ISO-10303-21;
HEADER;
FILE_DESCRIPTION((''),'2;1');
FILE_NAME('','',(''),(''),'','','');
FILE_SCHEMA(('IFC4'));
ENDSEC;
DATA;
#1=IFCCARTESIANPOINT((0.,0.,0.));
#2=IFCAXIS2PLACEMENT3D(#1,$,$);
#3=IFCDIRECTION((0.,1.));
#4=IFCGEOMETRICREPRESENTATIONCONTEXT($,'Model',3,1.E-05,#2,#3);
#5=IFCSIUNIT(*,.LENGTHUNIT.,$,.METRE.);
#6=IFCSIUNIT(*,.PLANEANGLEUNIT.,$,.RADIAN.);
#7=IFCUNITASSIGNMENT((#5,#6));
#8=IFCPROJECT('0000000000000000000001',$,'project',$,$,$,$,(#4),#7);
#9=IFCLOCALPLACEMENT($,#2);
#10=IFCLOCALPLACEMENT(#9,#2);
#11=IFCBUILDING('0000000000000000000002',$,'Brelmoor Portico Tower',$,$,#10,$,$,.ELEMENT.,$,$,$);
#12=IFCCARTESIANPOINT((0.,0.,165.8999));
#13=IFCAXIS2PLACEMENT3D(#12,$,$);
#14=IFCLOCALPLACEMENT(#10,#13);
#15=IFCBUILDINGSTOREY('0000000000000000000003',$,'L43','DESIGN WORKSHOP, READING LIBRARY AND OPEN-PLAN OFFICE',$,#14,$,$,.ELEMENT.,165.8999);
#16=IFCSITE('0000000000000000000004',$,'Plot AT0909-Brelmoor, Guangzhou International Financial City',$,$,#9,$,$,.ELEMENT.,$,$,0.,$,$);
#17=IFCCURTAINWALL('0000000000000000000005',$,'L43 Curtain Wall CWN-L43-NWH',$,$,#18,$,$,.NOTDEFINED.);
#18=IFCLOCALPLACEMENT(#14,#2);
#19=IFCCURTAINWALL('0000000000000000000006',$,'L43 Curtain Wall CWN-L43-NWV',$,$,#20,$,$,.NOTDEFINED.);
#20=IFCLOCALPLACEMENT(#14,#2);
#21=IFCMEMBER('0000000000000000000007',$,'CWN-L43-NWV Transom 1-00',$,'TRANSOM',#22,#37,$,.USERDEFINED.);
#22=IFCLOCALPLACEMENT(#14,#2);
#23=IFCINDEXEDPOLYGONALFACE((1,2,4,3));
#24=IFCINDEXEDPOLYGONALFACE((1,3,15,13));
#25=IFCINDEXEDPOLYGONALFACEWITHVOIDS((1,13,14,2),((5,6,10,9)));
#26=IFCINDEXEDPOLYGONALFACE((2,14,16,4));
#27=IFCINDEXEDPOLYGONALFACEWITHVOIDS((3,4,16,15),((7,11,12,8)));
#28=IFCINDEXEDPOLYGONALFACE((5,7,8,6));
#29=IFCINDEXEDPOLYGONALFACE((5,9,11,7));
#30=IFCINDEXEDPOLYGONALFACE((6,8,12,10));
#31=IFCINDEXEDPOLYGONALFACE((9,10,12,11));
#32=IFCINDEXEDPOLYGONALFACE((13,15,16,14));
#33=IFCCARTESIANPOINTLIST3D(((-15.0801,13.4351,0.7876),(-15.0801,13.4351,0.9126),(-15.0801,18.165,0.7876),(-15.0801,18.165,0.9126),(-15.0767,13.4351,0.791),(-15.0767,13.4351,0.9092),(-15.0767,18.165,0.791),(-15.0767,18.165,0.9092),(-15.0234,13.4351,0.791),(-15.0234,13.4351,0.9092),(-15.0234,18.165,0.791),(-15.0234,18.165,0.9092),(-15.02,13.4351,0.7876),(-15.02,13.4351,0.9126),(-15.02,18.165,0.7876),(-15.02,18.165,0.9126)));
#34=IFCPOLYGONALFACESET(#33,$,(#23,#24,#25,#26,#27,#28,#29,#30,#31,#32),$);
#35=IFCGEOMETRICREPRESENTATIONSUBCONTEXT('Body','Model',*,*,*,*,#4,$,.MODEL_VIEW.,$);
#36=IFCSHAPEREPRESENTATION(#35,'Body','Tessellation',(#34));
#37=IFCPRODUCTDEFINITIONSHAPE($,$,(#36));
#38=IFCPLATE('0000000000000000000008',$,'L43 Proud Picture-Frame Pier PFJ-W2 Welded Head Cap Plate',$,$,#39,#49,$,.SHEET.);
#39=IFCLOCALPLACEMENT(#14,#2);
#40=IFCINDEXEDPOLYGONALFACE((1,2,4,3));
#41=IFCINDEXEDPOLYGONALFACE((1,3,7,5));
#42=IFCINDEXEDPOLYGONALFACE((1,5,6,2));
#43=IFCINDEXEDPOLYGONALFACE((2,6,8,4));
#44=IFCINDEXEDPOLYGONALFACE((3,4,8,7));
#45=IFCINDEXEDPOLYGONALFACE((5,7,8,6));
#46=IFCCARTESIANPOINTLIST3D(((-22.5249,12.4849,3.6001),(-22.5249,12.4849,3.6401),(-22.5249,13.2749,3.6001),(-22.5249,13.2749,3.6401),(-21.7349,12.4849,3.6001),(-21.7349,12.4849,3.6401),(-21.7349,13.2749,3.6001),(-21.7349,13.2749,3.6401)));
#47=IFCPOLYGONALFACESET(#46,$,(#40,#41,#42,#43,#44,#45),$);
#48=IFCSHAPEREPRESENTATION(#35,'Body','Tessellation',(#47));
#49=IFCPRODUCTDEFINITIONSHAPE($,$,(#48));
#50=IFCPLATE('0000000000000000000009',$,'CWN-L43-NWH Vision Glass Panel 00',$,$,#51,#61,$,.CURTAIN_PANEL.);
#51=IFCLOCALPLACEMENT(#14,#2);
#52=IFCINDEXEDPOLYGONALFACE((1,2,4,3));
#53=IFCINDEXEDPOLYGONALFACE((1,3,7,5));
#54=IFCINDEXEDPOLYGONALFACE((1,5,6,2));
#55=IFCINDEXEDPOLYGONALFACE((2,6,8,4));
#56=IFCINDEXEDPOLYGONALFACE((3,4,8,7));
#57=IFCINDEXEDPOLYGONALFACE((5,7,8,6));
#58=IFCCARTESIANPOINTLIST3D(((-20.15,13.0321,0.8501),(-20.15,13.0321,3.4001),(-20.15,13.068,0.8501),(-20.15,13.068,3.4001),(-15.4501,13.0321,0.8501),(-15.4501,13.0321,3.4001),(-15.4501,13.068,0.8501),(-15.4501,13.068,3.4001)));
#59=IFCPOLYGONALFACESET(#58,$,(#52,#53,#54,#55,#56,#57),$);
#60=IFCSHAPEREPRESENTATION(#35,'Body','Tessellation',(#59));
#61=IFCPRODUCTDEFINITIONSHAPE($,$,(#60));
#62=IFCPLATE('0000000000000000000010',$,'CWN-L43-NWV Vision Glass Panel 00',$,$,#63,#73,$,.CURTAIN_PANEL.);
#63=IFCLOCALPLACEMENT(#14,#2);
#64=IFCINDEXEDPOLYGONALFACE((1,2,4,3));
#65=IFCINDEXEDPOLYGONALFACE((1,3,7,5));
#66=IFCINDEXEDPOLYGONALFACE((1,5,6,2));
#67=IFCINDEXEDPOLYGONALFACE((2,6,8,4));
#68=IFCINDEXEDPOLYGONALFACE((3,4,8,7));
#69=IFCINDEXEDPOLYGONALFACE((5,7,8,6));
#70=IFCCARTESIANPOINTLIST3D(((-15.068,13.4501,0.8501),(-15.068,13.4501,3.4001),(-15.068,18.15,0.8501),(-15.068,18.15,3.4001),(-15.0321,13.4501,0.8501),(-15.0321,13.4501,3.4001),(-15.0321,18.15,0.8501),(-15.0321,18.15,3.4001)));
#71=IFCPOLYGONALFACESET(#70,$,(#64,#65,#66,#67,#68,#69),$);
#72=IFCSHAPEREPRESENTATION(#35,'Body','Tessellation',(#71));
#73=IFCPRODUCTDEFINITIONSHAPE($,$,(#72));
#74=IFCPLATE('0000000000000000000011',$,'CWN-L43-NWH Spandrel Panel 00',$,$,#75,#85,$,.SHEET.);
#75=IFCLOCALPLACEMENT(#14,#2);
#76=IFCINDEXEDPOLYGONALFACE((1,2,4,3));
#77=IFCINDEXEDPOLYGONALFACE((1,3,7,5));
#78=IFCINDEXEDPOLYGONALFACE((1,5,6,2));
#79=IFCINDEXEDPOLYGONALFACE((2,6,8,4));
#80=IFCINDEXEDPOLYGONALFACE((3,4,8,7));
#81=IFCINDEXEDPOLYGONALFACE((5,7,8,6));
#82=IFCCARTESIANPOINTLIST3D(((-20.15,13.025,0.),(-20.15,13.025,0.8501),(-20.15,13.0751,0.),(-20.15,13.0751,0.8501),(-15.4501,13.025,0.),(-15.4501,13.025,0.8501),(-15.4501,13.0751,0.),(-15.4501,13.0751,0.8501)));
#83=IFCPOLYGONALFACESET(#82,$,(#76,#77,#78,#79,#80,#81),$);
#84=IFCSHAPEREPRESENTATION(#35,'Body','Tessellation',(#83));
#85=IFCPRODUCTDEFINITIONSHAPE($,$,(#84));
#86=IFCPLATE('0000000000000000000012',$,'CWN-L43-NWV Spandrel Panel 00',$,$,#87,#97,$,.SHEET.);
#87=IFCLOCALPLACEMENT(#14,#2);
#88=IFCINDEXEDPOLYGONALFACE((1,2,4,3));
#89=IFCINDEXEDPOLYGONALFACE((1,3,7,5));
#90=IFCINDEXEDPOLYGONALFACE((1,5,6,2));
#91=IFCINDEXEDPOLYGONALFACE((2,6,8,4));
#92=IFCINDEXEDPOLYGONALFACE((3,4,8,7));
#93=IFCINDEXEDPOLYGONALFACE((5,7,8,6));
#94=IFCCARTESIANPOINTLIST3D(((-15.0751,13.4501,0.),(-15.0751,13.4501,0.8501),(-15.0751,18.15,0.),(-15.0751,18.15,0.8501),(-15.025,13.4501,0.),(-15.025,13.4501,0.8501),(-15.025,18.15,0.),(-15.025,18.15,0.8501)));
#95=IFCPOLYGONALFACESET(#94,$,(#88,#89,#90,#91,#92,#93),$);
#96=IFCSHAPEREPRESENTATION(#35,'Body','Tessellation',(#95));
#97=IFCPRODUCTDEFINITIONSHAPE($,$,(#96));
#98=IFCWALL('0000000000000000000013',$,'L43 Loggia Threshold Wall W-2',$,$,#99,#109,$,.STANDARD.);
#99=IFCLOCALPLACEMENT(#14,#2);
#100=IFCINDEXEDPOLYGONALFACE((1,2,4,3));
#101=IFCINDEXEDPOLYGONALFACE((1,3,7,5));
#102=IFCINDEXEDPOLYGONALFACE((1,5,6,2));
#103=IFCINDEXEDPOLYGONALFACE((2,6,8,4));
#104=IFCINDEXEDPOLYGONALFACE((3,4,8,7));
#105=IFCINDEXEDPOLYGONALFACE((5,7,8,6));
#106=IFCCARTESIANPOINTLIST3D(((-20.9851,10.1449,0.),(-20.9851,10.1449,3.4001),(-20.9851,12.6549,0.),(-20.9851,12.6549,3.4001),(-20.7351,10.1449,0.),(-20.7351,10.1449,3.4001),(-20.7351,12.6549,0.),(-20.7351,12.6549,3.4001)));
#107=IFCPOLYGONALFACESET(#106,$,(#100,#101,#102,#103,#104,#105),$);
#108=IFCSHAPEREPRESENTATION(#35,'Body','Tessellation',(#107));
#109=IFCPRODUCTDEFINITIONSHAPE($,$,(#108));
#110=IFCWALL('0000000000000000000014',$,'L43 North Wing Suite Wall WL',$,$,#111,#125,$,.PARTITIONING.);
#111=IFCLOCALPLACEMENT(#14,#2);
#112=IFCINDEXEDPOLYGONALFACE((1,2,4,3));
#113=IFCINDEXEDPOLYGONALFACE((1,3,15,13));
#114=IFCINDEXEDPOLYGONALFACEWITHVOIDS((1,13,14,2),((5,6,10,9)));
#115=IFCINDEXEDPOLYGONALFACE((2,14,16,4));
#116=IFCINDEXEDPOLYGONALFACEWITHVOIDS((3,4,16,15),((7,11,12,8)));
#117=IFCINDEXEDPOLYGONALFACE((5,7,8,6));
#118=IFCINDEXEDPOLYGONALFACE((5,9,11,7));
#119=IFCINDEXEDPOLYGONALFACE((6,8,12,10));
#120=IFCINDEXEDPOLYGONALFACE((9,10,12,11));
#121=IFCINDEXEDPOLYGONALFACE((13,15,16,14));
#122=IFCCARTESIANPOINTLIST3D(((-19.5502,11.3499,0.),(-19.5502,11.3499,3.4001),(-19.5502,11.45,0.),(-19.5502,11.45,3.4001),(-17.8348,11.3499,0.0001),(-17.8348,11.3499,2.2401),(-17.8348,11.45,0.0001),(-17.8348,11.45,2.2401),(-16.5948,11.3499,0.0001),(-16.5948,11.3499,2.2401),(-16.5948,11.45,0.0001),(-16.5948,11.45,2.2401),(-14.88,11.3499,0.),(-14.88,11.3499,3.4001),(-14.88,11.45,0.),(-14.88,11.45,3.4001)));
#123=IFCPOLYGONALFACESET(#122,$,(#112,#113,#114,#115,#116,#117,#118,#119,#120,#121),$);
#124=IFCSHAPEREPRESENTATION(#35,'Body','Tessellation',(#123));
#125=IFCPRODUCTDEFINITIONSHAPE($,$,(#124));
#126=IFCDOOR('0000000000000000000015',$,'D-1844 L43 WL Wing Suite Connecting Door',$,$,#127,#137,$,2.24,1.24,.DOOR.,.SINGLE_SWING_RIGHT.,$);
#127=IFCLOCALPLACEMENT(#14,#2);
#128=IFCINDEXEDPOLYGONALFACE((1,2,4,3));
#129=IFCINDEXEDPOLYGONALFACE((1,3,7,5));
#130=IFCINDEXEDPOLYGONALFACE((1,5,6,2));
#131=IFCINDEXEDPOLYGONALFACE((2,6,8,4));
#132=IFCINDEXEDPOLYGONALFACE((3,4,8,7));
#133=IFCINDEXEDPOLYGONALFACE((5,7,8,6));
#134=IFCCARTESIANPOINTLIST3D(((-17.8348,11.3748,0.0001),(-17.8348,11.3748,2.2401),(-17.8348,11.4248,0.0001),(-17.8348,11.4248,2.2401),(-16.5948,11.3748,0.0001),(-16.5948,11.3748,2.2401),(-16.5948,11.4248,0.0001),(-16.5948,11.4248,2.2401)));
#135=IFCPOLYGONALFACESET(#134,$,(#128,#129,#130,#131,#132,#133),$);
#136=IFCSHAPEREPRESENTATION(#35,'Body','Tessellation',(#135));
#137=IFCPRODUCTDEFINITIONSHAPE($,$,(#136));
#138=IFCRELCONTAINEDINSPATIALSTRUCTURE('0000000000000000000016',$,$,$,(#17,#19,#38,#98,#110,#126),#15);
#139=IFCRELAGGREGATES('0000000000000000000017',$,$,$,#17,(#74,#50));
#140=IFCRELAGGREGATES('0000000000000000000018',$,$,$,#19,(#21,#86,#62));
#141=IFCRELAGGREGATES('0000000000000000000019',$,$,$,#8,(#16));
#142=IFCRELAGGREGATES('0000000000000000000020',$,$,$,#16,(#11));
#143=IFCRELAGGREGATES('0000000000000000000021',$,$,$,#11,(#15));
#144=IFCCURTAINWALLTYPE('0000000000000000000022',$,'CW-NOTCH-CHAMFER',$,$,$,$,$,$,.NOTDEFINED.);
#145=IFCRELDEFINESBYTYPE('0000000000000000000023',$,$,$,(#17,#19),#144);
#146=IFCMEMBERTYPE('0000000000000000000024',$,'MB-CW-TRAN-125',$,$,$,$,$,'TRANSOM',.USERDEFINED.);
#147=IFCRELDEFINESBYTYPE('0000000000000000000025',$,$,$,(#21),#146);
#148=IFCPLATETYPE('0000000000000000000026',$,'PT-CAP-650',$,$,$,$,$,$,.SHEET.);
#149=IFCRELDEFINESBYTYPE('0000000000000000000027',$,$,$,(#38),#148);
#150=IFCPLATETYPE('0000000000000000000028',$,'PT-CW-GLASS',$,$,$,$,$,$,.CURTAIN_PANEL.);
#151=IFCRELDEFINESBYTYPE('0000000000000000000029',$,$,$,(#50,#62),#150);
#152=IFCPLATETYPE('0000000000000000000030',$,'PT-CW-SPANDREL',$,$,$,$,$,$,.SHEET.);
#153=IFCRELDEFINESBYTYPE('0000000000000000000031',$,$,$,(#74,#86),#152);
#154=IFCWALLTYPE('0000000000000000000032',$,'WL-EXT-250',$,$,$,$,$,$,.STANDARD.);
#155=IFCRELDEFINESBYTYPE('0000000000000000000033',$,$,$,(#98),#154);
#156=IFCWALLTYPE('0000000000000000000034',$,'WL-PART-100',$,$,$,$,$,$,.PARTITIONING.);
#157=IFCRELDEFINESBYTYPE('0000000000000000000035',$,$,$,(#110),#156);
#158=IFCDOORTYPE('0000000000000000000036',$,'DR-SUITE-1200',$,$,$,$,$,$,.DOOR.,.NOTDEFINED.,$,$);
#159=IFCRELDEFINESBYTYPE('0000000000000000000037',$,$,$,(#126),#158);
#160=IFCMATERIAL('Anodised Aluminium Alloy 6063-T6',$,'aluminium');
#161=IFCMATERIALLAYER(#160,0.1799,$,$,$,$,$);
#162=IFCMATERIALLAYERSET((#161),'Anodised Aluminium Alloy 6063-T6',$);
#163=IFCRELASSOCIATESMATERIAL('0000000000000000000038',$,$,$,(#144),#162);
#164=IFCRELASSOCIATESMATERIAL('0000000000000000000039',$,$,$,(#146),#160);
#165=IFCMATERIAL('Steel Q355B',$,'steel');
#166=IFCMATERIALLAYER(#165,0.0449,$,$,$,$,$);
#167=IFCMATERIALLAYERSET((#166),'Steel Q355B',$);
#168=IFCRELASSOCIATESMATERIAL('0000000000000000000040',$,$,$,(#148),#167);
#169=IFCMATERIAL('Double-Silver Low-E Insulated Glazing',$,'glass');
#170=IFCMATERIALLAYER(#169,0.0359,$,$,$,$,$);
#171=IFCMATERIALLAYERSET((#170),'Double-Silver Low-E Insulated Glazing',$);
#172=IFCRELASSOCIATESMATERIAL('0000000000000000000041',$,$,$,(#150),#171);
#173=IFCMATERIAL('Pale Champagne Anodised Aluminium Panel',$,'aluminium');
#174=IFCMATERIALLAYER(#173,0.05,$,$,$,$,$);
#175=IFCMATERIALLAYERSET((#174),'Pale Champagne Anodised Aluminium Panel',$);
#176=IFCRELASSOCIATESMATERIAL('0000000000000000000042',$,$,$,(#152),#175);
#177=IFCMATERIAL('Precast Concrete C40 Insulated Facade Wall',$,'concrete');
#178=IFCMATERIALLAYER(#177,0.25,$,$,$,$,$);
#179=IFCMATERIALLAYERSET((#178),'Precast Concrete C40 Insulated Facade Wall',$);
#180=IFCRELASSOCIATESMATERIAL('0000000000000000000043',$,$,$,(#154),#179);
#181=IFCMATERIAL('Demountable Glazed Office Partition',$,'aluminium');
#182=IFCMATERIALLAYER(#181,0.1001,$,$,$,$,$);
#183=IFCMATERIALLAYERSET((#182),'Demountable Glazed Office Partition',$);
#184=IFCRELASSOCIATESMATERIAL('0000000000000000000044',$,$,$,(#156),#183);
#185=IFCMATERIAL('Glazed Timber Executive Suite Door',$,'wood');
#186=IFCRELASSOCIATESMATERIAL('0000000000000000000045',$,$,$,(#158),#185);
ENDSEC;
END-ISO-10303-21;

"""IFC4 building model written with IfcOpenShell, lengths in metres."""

from ifc_helpers import new_model, si_unit, direction, frame, frame_2d, origin, origin_2d, place, context, subcontext, project, spatial, rectangle, hollow_rectangle, extrude, material, layer, layer_set, material_profile, profile_set, type_object, element, fill, aggregate, save


model = new_model("IFC4")

# Units and contexts
model_context = context("Model", 3, precision=1e-05, world=origin(), true_north=direction((0.0, 1.0)))
body_context = subcontext(model_context, "Body", "Model", "MODEL_VIEW")
ifc_project = project(units=[si_unit("LENGTHUNIT", "METRE"), si_unit("PLANEANGLEUNIT", "RADIAN")], contexts=[model_context])

# Site, building, storey
site_placement = place(None, origin())
site = spatial("IfcSite", under=ifc_project, at=site_placement, Name="Plot AT0909-Brelmoor, Guangzhou International Financial City", CompositionType="ELEMENT", RefElevation=0.0)
building_placement = place(site_placement, origin())
building = spatial("IfcBuilding", under=site, at=building_placement, Name="Brelmoor Portico Tower", CompositionType="ELEMENT")
storey_placement = place(building_placement, frame((0.0, 0.0, 165.8999)))
storey = spatial("IfcBuildingStorey", under=building, at=storey_placement, Name="L43", Description="DESIGN WORKSHOP, READING LIBRARY AND OPEN-PLAN OFFICE", CompositionType="ELEMENT", Elevation=165.8999)

# Shared definitions
ifc_material_1 = material(Name="Steel Q355B", Category="steel")

# Curtain walls
ifc_material_2 = material(Name="Anodised Aluminium Alloy 6063-T6", Category="aluminium")
ifc_layer_1 = layer(ifc_material_2, 0.1799)
ifc_layer_set_1 = layer_set([ifc_layer_1], Name="Anodised Aluminium Alloy 6063-T6")
curtain_wall_type = type_object("IfcCurtainWallType", Name="CW-NOTCH-CHAMFER", PredefinedType="NOTDEFINED", material=ifc_layer_set_1)
curtain_wall_1_placement = place(storey_placement, origin())
curtain_wall_1 = element("IfcCurtainWall", 1, at=curtain_wall_1_placement, inside=storey, type_object=curtain_wall_type, Name="L43 Curtain Wall CWN-L43-NWH", PredefinedType="NOTDEFINED")
curtain_wall_2_placement = place(storey_placement, origin())
curtain_wall_2 = element("IfcCurtainWall", 2, at=curtain_wall_2_placement, inside=storey, type_object=curtain_wall_type, Name="L43 Curtain Wall CWN-L43-NWV", PredefinedType="NOTDEFINED")

# Member
ifc_material_profile_1 = material_profile(ifc_material_2, hollow_rectangle(XDim=0.0601, YDim=0.125, WallThickness=0.0034, at=origin_2d()), Name="ALU TRANSOM 60x125")
ifc_profile_set_1 = profile_set([ifc_material_profile_1], Name="Anodised Aluminium Alloy 6063-T6")
member_type_1 = type_object("IfcMemberType", Name="MB-CW-TRAN-125", ElementType="TRANSOM", PredefinedType="USERDEFINED", material=ifc_profile_set_1)
member_1_placement = place(storey_placement, frame((-15.05, 13.4351, 0.8501), z_axis=(0.0, 1.0, 0.0), x_axis=(-1.0, 0.0, 0.0)))
member_1 = element("IfcMember", 3, at=member_1_placement, type_object=member_type_1, Name="CWN-L43-NWV Transom 1-00", ObjectType="TRANSOM", PredefinedType="USERDEFINED", context=body_context, shape_type="SweptSolid", body=[
    extrude(hollow_rectangle(XDim=0.0601, YDim=0.125, WallThickness=0.0034, at=origin_2d()), origin(), (0.0, 0.0, 1.0), 4.73),
])

# Plates
ifc_layer_2 = layer(ifc_material_1, 0.0449)
ifc_layer_set_2 = layer_set([ifc_layer_2], Name="Steel Q355B")
plate_type_1 = type_object("IfcPlateType", Name="PT-CAP-650", PredefinedType="SHEET", material=ifc_layer_set_2)
plate_1_placement = place(storey_placement, frame((-22.1299, 12.8799, 3.6001), z_axis=(0.0, 0.0, 1.0), x_axis=(0.0, 1.0, 0.0)))
element("IfcPlate", 4, at=plate_1_placement, inside=storey, type_object=plate_type_1, Name="L43 Proud Picture-Frame Pier PFJ-W2 Welded Head Cap Plate", PredefinedType="SHEET", context=body_context, shape_type="SweptSolid", body=[
    extrude(rectangle(XDim=0.79, YDim=0.79, at=origin_2d()), origin(), (0.0, 0.0, 1.0), 0.04),
])
ifc_material_3 = material(Name="Double-Silver Low-E Insulated Glazing", Category="glass")
ifc_layer_3 = layer(ifc_material_3, 0.0359)
ifc_layer_set_3 = layer_set([ifc_layer_3], Name="Double-Silver Low-E Insulated Glazing")
plate_type_2 = type_object("IfcPlateType", Name="PT-CW-GLASS", PredefinedType="CURTAIN_PANEL", material=ifc_layer_set_3)
plate_2_placement = place(storey_placement, frame((-17.8, 13.05, 0.8501), z_axis=(0.0, 0.0, 1.0), x_axis=(1.0, 0.0, 0.0)))
plate_2 = element("IfcPlate", 5, at=plate_2_placement, type_object=plate_type_2, Name="CWN-L43-NWH Vision Glass Panel 00", PredefinedType="CURTAIN_PANEL", context=body_context, shape_type="SweptSolid", body=[
    extrude(rectangle(XDim=4.7, YDim=0.0359, at=origin_2d()), origin(), (0.0, 0.0, 1.0), 2.55),
])
plate_3_placement = place(storey_placement, frame((-15.05, 15.8, 0.8501), z_axis=(0.0, 0.0, 1.0), x_axis=(0.0, 1.0, 0.0)))
plate_3 = element("IfcPlate", 6, at=plate_3_placement, type_object=plate_type_2, Name="CWN-L43-NWV Vision Glass Panel 00", PredefinedType="CURTAIN_PANEL", context=body_context, shape_type="SweptSolid", body=[
    extrude(rectangle(XDim=4.7, YDim=0.0359, at=origin_2d()), origin(), (0.0, 0.0, 1.0), 2.55),
])
ifc_material_4 = material(Name="Pale Champagne Anodised Aluminium Panel", Category="aluminium")
ifc_layer_4 = layer(ifc_material_4, 0.05)
ifc_layer_set_4 = layer_set([ifc_layer_4], Name="Pale Champagne Anodised Aluminium Panel")
plate_type_3 = type_object("IfcPlateType", Name="PT-CW-SPANDREL", PredefinedType="SHEET", material=ifc_layer_set_4)
plate_4_placement = place(storey_placement, frame((-17.8, 13.05, 0.0), z_axis=(0.0, 0.0, 1.0), x_axis=(1.0, 0.0, 0.0)))
plate_4 = element("IfcPlate", 7, at=plate_4_placement, type_object=plate_type_3, Name="CWN-L43-NWH Spandrel Panel 00", PredefinedType="SHEET", context=body_context, shape_type="SweptSolid", body=[
    extrude(rectangle(XDim=4.7, YDim=0.05, at=origin_2d()), origin(), (0.0, 0.0, 1.0), 0.8501),
])
aggregate(curtain_wall_1, [plate_4, plate_2])
plate_5_placement = place(storey_placement, frame((-15.05, 15.8, 0.0), z_axis=(0.0, 0.0, 1.0), x_axis=(0.0, 1.0, 0.0)))
plate_5 = element("IfcPlate", 8, at=plate_5_placement, type_object=plate_type_3, Name="CWN-L43-NWV Spandrel Panel 00", PredefinedType="SHEET", context=body_context, shape_type="SweptSolid", body=[
    extrude(rectangle(XDim=4.7, YDim=0.05, at=origin_2d()), origin(), (0.0, 0.0, 1.0), 0.8501),
])
aggregate(curtain_wall_2, [member_1, plate_5, plate_3])

# Wall
ifc_material_5 = material(Name="Precast Concrete C40 Insulated Facade Wall", Category="concrete")
ifc_layer_5 = layer(ifc_material_5, 0.25)
ifc_layer_set_5 = layer_set([ifc_layer_5], Name="Precast Concrete C40 Insulated Facade Wall")
wall_type_1 = type_object("IfcWallType", Name="WL-EXT-250", PredefinedType="STANDARD", material=ifc_layer_set_5)
wall_1_placement = place(storey_placement, frame((-20.8601, 10.145, 0.0), z_axis=(0.0, 0.0, 1.0), x_axis=(0.0, 1.0, 0.0)))
element("IfcWall", 9, at=wall_1_placement, inside=storey, type_object=wall_type_1, Name="L43 Loggia Threshold Wall W-2", PredefinedType="STANDARD", context=body_context, shape_type="SweptSolid", body=[
    extrude(rectangle(XDim=2.51, YDim=0.25, at=frame_2d((1.2549, 0.0))), origin(), (0.0, 0.0, 1.0), 3.4001),
])

# Wall, opening, door
ifc_material_6 = material(Name="Demountable Glazed Office Partition", Category="aluminium")
ifc_layer_6 = layer(ifc_material_6, 0.1001)
ifc_layer_set_6 = layer_set([ifc_layer_6], Name="Demountable Glazed Office Partition")
wall_type_2 = type_object("IfcWallType", Name="WL-PART-100", PredefinedType="PARTITIONING", material=ifc_layer_set_6)
wall_2_placement = place(storey_placement, frame((-19.55, 11.3999, 0.0), z_axis=(0.0, 0.0, 1.0), x_axis=(1.0, 0.0, 0.0)))
wall_2 = element("IfcWall", 10, at=wall_2_placement, inside=storey, type_object=wall_type_2, Name="L43 North Wing Suite Wall WL", PredefinedType="PARTITIONING", context=body_context, shape_type="SweptSolid", body=[
    extrude(rectangle(XDim=4.6702, YDim=0.1001, at=frame_2d((2.335, 0.0))), origin(), (0.0, 0.0, 1.0), 3.4001),
])
opening_placement = place(wall_2_placement, frame((1.7151, 0.0, 0.0)))
opening = element("IfcOpeningElement", 11, at=opening_placement, cuts=wall_2, PredefinedType="OPENING", context=body_context, shape_type="SweptSolid", body=[
    extrude(rectangle(XDim=1.24, YDim=2.24, at=frame_2d((0.6201, 1.1201))), frame((0.0, 0.0601, 0.0), z_axis=(0.0, -1.0, 0.0), x_axis=(1.0, 0.0, 0.0)), (0.0, 0.0, 1.0), 0.1201),
])
ifc_material_7 = material(Name="Glazed Timber Executive Suite Door", Category="wood")
door_type = type_object("IfcDoorType", Name="DR-SUITE-1200", OperationType="NOTDEFINED", PredefinedType="DOOR", material=ifc_material_7)
door_placement = place(opening_placement, origin())
door = element("IfcDoor", 12, at=door_placement, inside=storey, type_object=door_type, Name="D-1844 L43 WL Wing Suite Connecting Door", OperationType="SINGLE_SWING_RIGHT", OverallHeight=2.24, OverallWidth=1.24, PredefinedType="DOOR", context=body_context, shape_type="SweptSolid", body=[
    extrude(rectangle(XDim=1.24, YDim=2.24, at=frame_2d((0.6201, 1.1201))), frame((0.0, 0.0249, 0.0), z_axis=(0.0, -1.0, 0.0), x_axis=(1.0, 0.0, 0.0)), (0.0, 0.0, 1.0), 0.05),
])
fill(opening, door)

save(model, "model.ifc")
